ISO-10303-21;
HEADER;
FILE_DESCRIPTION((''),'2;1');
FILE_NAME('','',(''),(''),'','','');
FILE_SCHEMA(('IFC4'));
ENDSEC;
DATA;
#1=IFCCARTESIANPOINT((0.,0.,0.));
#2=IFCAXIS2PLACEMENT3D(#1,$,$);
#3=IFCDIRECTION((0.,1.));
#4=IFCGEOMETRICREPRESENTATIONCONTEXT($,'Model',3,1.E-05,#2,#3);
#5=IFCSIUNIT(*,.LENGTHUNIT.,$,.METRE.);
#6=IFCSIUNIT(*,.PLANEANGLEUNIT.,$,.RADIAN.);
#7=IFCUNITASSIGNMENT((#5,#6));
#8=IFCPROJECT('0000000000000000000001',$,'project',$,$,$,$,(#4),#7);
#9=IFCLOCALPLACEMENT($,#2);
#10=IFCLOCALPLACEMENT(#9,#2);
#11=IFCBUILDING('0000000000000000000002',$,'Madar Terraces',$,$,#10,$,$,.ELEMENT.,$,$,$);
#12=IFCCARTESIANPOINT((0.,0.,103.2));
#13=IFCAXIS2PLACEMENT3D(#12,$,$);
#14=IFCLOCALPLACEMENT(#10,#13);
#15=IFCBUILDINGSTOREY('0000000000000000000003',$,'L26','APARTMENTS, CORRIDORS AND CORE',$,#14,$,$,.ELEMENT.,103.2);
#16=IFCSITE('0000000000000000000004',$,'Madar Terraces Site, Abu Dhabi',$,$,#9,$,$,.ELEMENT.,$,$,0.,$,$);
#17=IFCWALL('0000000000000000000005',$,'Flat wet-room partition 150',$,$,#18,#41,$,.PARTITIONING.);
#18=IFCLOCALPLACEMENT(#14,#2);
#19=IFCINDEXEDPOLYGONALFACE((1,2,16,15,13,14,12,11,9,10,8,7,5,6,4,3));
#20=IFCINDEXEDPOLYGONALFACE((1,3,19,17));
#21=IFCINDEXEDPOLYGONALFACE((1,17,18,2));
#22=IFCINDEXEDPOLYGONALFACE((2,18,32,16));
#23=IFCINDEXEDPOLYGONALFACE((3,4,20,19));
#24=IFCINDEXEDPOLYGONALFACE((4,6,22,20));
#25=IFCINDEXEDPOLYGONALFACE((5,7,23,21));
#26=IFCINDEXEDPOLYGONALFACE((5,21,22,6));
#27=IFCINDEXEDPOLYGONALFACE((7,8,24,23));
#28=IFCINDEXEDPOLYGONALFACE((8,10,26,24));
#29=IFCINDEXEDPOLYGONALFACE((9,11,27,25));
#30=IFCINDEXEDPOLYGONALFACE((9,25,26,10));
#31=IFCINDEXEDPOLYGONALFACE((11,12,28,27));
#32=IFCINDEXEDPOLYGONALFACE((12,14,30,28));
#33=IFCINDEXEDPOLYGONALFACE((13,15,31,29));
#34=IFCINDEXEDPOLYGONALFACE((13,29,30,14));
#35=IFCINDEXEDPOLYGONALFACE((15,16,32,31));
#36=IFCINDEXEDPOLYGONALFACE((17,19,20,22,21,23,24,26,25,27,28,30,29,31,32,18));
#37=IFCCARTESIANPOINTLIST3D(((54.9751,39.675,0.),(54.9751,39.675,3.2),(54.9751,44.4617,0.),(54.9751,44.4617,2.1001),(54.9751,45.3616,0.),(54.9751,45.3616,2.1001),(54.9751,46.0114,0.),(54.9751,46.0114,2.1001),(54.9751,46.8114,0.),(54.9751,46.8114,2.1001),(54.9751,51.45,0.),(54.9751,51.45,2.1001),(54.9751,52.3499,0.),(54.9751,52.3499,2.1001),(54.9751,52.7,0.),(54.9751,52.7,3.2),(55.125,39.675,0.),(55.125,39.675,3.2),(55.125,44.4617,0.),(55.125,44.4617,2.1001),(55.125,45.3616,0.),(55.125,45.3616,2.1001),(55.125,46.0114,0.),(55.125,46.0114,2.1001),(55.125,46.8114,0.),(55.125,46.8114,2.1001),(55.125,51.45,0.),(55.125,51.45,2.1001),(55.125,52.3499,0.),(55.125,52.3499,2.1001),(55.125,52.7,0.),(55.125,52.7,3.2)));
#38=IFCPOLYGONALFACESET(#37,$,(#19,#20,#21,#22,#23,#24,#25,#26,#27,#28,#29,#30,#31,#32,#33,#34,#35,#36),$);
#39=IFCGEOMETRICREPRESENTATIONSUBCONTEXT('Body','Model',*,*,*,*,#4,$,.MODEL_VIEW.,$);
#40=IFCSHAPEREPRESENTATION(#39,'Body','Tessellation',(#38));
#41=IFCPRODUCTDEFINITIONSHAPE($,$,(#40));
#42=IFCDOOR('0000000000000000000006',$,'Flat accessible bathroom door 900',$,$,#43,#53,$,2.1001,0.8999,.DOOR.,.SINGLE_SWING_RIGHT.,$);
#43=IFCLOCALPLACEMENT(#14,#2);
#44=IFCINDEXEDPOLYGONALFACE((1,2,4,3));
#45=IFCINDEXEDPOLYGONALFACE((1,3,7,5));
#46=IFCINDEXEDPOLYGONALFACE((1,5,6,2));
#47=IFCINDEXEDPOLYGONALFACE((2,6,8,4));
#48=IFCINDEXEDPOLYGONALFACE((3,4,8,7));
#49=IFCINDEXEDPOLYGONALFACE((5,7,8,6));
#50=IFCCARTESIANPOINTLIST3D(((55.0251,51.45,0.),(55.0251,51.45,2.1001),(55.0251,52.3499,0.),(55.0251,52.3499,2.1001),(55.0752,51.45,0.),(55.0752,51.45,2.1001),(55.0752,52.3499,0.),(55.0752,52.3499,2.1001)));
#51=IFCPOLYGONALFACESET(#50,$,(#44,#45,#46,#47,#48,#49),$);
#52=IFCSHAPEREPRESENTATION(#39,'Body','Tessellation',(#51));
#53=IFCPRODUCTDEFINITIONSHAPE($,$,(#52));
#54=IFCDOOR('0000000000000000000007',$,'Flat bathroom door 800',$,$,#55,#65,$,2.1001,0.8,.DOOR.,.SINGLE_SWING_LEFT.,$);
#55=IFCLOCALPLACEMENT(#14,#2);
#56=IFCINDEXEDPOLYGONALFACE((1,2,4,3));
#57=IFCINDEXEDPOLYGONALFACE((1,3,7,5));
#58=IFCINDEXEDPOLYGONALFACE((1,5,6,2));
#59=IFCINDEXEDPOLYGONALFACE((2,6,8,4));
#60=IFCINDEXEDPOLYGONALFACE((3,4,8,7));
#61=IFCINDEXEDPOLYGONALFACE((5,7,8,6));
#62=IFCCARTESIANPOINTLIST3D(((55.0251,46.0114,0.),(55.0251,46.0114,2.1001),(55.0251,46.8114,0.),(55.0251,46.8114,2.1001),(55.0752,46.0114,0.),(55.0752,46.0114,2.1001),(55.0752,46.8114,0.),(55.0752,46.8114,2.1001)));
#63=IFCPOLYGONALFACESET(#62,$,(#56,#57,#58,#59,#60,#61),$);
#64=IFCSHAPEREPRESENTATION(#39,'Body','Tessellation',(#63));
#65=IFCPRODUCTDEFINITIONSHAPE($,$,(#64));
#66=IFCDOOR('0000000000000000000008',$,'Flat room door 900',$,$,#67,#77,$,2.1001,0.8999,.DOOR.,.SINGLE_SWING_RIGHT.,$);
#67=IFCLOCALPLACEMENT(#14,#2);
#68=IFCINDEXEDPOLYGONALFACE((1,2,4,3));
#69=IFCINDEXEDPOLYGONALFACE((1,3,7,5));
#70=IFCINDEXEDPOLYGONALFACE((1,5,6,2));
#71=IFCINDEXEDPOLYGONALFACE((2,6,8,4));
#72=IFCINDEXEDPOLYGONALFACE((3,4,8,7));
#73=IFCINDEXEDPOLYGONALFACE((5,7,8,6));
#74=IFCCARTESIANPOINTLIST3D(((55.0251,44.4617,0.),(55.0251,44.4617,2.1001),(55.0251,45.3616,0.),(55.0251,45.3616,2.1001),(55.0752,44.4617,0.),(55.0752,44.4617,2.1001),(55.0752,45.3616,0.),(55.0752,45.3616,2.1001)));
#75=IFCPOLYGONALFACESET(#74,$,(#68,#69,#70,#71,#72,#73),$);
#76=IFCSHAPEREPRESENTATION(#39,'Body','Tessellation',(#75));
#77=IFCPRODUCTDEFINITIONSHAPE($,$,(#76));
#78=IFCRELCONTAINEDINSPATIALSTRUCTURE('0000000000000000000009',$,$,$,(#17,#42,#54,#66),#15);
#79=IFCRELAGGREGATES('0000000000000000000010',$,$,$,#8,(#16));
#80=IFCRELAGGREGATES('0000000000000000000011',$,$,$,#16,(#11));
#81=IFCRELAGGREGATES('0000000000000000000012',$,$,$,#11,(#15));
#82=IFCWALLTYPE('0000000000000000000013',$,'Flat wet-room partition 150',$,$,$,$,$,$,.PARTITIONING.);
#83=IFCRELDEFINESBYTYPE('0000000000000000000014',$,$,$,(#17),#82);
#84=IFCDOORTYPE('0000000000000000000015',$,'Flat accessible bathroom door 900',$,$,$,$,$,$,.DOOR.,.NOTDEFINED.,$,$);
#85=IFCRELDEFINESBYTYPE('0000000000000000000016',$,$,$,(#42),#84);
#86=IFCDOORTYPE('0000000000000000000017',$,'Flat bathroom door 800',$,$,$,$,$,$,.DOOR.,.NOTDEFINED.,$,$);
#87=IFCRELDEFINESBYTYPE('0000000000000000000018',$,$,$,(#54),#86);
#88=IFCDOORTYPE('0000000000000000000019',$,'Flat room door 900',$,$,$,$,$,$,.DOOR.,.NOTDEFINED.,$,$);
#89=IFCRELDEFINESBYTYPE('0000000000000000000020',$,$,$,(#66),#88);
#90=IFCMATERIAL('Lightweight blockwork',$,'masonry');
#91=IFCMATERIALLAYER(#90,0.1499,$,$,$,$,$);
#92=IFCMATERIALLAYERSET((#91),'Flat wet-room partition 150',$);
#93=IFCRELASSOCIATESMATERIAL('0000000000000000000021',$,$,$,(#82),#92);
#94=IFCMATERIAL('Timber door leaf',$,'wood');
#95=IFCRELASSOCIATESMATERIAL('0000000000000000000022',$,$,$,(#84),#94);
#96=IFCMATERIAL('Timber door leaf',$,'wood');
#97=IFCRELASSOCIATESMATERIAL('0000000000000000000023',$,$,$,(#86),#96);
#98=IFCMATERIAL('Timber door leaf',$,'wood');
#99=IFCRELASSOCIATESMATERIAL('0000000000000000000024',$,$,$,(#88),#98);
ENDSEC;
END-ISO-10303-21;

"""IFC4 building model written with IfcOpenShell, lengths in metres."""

from ifc_helpers import new_model, si_unit, direction, frame, frame_2d, origin, place, context, subcontext, project, spatial, rectangle, extrude, material, layer, layer_set, type_object, element, fill, save


model = new_model("IFC4")

# Units and contexts
model_context = context("Model", 3, precision=1e-05, world=origin(), true_north=direction((0.0, 1.0)))
body_context = subcontext(model_context, "Body", "Model", "MODEL_VIEW")
ifc_project = project(units=[si_unit("LENGTHUNIT", "METRE"), si_unit("PLANEANGLEUNIT", "RADIAN")], contexts=[model_context])

# Site, building, storey
site_placement = place(None, origin())
site = spatial("IfcSite", under=ifc_project, at=site_placement, Name="Madar Terraces Site, Abu Dhabi", CompositionType="ELEMENT", RefElevation=0.0)
building_placement = place(site_placement, origin())
building = spatial("IfcBuilding", under=site, at=building_placement, Name="Madar Terraces", CompositionType="ELEMENT")
storey_placement = place(building_placement, frame((0.0, 0.0, 103.2)))
storey = spatial("IfcBuildingStorey", under=building, at=storey_placement, Name="L26", Description="APARTMENTS, CORRIDORS AND CORE", CompositionType="ELEMENT", Elevation=103.2)

# Shared definitions
ifc_material_1 = material(Name="Lightweight blockwork", Category="masonry")
ifc_layer_1 = layer(ifc_material_1, 0.1499)
ifc_layer_set_1 = layer_set([ifc_layer_1], Name="Flat wet-room partition 150")
wall_type_1 = type_object("IfcWallType", Name="Flat wet-room partition 150", PredefinedType="PARTITIONING", material=ifc_layer_set_1)

# Wall, openings, doors
wall_1_placement = place(storey_placement, frame((55.05, 39.675, 0.0), z_axis=(0.0, 0.0, 1.0), x_axis=(0.0, 1.0, 0.0)))
wall_1 = element("IfcWall", 1, at=wall_1_placement, inside=storey, type_object=wall_type_1, Name="Flat wet-room partition 150", PredefinedType="PARTITIONING", context=body_context, shape_type="SweptSolid", body=[
    extrude(rectangle(XDim=13.0249, YDim=0.1499, at=frame_2d((6.5125, 0.0))), origin(), (0.0, 0.0, 1.0), 3.2),
])
opening_1_placement = place(wall_1_placement, frame((4.7866, 0.0, 0.0)))
opening_1 = element("IfcOpeningElement", 2, at=opening_1_placement, cuts=wall_1, PredefinedType="OPENING", context=body_context, shape_type="SweptSolid", body=[
    extrude(rectangle(XDim=0.8999, YDim=2.1001, at=frame_2d((0.45, 1.05))), frame((0.0, 0.085, 0.0), z_axis=(0.0, -1.0, 0.0), x_axis=(1.0, 0.0, 0.0)), (0.0, 0.0, 1.0), 0.1699),
])
opening_2_placement = place(wall_1_placement, frame((6.3364, 0.0, 0.0)))
opening_2 = element("IfcOpeningElement", 3, at=opening_2_placement, cuts=wall_1, PredefinedType="OPENING", context=body_context, shape_type="SweptSolid", body=[
    extrude(rectangle(XDim=0.8, YDim=2.1001, at=frame_2d((0.3999, 1.05))), frame((0.0, 0.085, 0.0), z_axis=(0.0, -1.0, 0.0), x_axis=(1.0, 0.0, 0.0)), (0.0, 0.0, 1.0), 0.1699),
])
opening_3_placement = place(wall_1_placement, frame((11.7749, 0.0, 0.0)))
opening_3 = element("IfcOpeningElement", 4, at=opening_3_placement, cuts=wall_1, PredefinedType="OPENING", context=body_context, shape_type="SweptSolid", body=[
    extrude(rectangle(XDim=0.8999, YDim=2.1001, at=frame_2d((0.45, 1.05))), frame((0.0, 0.085, 0.0), z_axis=(0.0, -1.0, 0.0), x_axis=(1.0, 0.0, 0.0)), (0.0, 0.0, 1.0), 0.1699),
])
ifc_material_2 = material(Name="Timber door leaf", Category="wood")
door_type_1 = type_object("IfcDoorType", Name="Flat accessible bathroom door 900", OperationType="NOTDEFINED", PredefinedType="DOOR", material=ifc_material_2)
door_1_placement = place(opening_3_placement, origin())
door_1 = element("IfcDoor", 5, at=door_1_placement, inside=storey, type_object=door_type_1, Name="Flat accessible bathroom door 900", OperationType="SINGLE_SWING_RIGHT", OverallHeight=2.1001, OverallWidth=0.8999, PredefinedType="DOOR", context=body_context, shape_type="SweptSolid", body=[
    extrude(rectangle(XDim=0.8999, YDim=2.1001, at=frame_2d((0.45, 1.05))), frame((0.0, 0.0249, 0.0), z_axis=(0.0, -1.0, 0.0), x_axis=(1.0, 0.0, 0.0)), (0.0, 0.0, 1.0), 0.05),
])
fill(opening_3, door_1)
ifc_material_3 = material(Name="Timber door leaf", Category="wood")
door_type_2 = type_object("IfcDoorType", Name="Flat bathroom door 800", OperationType="NOTDEFINED", PredefinedType="DOOR", material=ifc_material_3)
door_2_placement = place(opening_2_placement, origin())
door_2 = element("IfcDoor", 6, at=door_2_placement, inside=storey, type_object=door_type_2, Name="Flat bathroom door 800", OperationType="SINGLE_SWING_LEFT", OverallHeight=2.1001, OverallWidth=0.8, PredefinedType="DOOR", context=body_context, shape_type="SweptSolid", body=[
    extrude(rectangle(XDim=0.8, YDim=2.1001, at=frame_2d((0.3999, 1.05))), frame((0.0, 0.0249, 0.0), z_axis=(0.0, -1.0, 0.0), x_axis=(1.0, 0.0, 0.0)), (0.0, 0.0, 1.0), 0.05),
])
fill(opening_2, door_2)
ifc_material_4 = material(Name="Timber door leaf", Category="wood")
door_type_3 = type_object("IfcDoorType", Name="Flat room door 900", OperationType="NOTDEFINED", PredefinedType="DOOR", material=ifc_material_4)
door_3_placement = place(opening_1_placement, origin())
door_3 = element("IfcDoor", 7, at=door_3_placement, inside=storey, type_object=door_type_3, Name="Flat room door 900", OperationType="SINGLE_SWING_RIGHT", OverallHeight=2.1001, OverallWidth=0.8999, PredefinedType="DOOR", context=body_context, shape_type="SweptSolid", body=[
    extrude(rectangle(XDim=0.8999, YDim=2.1001, at=frame_2d((0.45, 1.05))), frame((0.0, 0.0249, 0.0), z_axis=(0.0, -1.0, 0.0), x_axis=(1.0, 0.0, 0.0)), (0.0, 0.0, 1.0), 0.05),
])
fill(opening_1, door_3)

save(model, "model.ifc")
